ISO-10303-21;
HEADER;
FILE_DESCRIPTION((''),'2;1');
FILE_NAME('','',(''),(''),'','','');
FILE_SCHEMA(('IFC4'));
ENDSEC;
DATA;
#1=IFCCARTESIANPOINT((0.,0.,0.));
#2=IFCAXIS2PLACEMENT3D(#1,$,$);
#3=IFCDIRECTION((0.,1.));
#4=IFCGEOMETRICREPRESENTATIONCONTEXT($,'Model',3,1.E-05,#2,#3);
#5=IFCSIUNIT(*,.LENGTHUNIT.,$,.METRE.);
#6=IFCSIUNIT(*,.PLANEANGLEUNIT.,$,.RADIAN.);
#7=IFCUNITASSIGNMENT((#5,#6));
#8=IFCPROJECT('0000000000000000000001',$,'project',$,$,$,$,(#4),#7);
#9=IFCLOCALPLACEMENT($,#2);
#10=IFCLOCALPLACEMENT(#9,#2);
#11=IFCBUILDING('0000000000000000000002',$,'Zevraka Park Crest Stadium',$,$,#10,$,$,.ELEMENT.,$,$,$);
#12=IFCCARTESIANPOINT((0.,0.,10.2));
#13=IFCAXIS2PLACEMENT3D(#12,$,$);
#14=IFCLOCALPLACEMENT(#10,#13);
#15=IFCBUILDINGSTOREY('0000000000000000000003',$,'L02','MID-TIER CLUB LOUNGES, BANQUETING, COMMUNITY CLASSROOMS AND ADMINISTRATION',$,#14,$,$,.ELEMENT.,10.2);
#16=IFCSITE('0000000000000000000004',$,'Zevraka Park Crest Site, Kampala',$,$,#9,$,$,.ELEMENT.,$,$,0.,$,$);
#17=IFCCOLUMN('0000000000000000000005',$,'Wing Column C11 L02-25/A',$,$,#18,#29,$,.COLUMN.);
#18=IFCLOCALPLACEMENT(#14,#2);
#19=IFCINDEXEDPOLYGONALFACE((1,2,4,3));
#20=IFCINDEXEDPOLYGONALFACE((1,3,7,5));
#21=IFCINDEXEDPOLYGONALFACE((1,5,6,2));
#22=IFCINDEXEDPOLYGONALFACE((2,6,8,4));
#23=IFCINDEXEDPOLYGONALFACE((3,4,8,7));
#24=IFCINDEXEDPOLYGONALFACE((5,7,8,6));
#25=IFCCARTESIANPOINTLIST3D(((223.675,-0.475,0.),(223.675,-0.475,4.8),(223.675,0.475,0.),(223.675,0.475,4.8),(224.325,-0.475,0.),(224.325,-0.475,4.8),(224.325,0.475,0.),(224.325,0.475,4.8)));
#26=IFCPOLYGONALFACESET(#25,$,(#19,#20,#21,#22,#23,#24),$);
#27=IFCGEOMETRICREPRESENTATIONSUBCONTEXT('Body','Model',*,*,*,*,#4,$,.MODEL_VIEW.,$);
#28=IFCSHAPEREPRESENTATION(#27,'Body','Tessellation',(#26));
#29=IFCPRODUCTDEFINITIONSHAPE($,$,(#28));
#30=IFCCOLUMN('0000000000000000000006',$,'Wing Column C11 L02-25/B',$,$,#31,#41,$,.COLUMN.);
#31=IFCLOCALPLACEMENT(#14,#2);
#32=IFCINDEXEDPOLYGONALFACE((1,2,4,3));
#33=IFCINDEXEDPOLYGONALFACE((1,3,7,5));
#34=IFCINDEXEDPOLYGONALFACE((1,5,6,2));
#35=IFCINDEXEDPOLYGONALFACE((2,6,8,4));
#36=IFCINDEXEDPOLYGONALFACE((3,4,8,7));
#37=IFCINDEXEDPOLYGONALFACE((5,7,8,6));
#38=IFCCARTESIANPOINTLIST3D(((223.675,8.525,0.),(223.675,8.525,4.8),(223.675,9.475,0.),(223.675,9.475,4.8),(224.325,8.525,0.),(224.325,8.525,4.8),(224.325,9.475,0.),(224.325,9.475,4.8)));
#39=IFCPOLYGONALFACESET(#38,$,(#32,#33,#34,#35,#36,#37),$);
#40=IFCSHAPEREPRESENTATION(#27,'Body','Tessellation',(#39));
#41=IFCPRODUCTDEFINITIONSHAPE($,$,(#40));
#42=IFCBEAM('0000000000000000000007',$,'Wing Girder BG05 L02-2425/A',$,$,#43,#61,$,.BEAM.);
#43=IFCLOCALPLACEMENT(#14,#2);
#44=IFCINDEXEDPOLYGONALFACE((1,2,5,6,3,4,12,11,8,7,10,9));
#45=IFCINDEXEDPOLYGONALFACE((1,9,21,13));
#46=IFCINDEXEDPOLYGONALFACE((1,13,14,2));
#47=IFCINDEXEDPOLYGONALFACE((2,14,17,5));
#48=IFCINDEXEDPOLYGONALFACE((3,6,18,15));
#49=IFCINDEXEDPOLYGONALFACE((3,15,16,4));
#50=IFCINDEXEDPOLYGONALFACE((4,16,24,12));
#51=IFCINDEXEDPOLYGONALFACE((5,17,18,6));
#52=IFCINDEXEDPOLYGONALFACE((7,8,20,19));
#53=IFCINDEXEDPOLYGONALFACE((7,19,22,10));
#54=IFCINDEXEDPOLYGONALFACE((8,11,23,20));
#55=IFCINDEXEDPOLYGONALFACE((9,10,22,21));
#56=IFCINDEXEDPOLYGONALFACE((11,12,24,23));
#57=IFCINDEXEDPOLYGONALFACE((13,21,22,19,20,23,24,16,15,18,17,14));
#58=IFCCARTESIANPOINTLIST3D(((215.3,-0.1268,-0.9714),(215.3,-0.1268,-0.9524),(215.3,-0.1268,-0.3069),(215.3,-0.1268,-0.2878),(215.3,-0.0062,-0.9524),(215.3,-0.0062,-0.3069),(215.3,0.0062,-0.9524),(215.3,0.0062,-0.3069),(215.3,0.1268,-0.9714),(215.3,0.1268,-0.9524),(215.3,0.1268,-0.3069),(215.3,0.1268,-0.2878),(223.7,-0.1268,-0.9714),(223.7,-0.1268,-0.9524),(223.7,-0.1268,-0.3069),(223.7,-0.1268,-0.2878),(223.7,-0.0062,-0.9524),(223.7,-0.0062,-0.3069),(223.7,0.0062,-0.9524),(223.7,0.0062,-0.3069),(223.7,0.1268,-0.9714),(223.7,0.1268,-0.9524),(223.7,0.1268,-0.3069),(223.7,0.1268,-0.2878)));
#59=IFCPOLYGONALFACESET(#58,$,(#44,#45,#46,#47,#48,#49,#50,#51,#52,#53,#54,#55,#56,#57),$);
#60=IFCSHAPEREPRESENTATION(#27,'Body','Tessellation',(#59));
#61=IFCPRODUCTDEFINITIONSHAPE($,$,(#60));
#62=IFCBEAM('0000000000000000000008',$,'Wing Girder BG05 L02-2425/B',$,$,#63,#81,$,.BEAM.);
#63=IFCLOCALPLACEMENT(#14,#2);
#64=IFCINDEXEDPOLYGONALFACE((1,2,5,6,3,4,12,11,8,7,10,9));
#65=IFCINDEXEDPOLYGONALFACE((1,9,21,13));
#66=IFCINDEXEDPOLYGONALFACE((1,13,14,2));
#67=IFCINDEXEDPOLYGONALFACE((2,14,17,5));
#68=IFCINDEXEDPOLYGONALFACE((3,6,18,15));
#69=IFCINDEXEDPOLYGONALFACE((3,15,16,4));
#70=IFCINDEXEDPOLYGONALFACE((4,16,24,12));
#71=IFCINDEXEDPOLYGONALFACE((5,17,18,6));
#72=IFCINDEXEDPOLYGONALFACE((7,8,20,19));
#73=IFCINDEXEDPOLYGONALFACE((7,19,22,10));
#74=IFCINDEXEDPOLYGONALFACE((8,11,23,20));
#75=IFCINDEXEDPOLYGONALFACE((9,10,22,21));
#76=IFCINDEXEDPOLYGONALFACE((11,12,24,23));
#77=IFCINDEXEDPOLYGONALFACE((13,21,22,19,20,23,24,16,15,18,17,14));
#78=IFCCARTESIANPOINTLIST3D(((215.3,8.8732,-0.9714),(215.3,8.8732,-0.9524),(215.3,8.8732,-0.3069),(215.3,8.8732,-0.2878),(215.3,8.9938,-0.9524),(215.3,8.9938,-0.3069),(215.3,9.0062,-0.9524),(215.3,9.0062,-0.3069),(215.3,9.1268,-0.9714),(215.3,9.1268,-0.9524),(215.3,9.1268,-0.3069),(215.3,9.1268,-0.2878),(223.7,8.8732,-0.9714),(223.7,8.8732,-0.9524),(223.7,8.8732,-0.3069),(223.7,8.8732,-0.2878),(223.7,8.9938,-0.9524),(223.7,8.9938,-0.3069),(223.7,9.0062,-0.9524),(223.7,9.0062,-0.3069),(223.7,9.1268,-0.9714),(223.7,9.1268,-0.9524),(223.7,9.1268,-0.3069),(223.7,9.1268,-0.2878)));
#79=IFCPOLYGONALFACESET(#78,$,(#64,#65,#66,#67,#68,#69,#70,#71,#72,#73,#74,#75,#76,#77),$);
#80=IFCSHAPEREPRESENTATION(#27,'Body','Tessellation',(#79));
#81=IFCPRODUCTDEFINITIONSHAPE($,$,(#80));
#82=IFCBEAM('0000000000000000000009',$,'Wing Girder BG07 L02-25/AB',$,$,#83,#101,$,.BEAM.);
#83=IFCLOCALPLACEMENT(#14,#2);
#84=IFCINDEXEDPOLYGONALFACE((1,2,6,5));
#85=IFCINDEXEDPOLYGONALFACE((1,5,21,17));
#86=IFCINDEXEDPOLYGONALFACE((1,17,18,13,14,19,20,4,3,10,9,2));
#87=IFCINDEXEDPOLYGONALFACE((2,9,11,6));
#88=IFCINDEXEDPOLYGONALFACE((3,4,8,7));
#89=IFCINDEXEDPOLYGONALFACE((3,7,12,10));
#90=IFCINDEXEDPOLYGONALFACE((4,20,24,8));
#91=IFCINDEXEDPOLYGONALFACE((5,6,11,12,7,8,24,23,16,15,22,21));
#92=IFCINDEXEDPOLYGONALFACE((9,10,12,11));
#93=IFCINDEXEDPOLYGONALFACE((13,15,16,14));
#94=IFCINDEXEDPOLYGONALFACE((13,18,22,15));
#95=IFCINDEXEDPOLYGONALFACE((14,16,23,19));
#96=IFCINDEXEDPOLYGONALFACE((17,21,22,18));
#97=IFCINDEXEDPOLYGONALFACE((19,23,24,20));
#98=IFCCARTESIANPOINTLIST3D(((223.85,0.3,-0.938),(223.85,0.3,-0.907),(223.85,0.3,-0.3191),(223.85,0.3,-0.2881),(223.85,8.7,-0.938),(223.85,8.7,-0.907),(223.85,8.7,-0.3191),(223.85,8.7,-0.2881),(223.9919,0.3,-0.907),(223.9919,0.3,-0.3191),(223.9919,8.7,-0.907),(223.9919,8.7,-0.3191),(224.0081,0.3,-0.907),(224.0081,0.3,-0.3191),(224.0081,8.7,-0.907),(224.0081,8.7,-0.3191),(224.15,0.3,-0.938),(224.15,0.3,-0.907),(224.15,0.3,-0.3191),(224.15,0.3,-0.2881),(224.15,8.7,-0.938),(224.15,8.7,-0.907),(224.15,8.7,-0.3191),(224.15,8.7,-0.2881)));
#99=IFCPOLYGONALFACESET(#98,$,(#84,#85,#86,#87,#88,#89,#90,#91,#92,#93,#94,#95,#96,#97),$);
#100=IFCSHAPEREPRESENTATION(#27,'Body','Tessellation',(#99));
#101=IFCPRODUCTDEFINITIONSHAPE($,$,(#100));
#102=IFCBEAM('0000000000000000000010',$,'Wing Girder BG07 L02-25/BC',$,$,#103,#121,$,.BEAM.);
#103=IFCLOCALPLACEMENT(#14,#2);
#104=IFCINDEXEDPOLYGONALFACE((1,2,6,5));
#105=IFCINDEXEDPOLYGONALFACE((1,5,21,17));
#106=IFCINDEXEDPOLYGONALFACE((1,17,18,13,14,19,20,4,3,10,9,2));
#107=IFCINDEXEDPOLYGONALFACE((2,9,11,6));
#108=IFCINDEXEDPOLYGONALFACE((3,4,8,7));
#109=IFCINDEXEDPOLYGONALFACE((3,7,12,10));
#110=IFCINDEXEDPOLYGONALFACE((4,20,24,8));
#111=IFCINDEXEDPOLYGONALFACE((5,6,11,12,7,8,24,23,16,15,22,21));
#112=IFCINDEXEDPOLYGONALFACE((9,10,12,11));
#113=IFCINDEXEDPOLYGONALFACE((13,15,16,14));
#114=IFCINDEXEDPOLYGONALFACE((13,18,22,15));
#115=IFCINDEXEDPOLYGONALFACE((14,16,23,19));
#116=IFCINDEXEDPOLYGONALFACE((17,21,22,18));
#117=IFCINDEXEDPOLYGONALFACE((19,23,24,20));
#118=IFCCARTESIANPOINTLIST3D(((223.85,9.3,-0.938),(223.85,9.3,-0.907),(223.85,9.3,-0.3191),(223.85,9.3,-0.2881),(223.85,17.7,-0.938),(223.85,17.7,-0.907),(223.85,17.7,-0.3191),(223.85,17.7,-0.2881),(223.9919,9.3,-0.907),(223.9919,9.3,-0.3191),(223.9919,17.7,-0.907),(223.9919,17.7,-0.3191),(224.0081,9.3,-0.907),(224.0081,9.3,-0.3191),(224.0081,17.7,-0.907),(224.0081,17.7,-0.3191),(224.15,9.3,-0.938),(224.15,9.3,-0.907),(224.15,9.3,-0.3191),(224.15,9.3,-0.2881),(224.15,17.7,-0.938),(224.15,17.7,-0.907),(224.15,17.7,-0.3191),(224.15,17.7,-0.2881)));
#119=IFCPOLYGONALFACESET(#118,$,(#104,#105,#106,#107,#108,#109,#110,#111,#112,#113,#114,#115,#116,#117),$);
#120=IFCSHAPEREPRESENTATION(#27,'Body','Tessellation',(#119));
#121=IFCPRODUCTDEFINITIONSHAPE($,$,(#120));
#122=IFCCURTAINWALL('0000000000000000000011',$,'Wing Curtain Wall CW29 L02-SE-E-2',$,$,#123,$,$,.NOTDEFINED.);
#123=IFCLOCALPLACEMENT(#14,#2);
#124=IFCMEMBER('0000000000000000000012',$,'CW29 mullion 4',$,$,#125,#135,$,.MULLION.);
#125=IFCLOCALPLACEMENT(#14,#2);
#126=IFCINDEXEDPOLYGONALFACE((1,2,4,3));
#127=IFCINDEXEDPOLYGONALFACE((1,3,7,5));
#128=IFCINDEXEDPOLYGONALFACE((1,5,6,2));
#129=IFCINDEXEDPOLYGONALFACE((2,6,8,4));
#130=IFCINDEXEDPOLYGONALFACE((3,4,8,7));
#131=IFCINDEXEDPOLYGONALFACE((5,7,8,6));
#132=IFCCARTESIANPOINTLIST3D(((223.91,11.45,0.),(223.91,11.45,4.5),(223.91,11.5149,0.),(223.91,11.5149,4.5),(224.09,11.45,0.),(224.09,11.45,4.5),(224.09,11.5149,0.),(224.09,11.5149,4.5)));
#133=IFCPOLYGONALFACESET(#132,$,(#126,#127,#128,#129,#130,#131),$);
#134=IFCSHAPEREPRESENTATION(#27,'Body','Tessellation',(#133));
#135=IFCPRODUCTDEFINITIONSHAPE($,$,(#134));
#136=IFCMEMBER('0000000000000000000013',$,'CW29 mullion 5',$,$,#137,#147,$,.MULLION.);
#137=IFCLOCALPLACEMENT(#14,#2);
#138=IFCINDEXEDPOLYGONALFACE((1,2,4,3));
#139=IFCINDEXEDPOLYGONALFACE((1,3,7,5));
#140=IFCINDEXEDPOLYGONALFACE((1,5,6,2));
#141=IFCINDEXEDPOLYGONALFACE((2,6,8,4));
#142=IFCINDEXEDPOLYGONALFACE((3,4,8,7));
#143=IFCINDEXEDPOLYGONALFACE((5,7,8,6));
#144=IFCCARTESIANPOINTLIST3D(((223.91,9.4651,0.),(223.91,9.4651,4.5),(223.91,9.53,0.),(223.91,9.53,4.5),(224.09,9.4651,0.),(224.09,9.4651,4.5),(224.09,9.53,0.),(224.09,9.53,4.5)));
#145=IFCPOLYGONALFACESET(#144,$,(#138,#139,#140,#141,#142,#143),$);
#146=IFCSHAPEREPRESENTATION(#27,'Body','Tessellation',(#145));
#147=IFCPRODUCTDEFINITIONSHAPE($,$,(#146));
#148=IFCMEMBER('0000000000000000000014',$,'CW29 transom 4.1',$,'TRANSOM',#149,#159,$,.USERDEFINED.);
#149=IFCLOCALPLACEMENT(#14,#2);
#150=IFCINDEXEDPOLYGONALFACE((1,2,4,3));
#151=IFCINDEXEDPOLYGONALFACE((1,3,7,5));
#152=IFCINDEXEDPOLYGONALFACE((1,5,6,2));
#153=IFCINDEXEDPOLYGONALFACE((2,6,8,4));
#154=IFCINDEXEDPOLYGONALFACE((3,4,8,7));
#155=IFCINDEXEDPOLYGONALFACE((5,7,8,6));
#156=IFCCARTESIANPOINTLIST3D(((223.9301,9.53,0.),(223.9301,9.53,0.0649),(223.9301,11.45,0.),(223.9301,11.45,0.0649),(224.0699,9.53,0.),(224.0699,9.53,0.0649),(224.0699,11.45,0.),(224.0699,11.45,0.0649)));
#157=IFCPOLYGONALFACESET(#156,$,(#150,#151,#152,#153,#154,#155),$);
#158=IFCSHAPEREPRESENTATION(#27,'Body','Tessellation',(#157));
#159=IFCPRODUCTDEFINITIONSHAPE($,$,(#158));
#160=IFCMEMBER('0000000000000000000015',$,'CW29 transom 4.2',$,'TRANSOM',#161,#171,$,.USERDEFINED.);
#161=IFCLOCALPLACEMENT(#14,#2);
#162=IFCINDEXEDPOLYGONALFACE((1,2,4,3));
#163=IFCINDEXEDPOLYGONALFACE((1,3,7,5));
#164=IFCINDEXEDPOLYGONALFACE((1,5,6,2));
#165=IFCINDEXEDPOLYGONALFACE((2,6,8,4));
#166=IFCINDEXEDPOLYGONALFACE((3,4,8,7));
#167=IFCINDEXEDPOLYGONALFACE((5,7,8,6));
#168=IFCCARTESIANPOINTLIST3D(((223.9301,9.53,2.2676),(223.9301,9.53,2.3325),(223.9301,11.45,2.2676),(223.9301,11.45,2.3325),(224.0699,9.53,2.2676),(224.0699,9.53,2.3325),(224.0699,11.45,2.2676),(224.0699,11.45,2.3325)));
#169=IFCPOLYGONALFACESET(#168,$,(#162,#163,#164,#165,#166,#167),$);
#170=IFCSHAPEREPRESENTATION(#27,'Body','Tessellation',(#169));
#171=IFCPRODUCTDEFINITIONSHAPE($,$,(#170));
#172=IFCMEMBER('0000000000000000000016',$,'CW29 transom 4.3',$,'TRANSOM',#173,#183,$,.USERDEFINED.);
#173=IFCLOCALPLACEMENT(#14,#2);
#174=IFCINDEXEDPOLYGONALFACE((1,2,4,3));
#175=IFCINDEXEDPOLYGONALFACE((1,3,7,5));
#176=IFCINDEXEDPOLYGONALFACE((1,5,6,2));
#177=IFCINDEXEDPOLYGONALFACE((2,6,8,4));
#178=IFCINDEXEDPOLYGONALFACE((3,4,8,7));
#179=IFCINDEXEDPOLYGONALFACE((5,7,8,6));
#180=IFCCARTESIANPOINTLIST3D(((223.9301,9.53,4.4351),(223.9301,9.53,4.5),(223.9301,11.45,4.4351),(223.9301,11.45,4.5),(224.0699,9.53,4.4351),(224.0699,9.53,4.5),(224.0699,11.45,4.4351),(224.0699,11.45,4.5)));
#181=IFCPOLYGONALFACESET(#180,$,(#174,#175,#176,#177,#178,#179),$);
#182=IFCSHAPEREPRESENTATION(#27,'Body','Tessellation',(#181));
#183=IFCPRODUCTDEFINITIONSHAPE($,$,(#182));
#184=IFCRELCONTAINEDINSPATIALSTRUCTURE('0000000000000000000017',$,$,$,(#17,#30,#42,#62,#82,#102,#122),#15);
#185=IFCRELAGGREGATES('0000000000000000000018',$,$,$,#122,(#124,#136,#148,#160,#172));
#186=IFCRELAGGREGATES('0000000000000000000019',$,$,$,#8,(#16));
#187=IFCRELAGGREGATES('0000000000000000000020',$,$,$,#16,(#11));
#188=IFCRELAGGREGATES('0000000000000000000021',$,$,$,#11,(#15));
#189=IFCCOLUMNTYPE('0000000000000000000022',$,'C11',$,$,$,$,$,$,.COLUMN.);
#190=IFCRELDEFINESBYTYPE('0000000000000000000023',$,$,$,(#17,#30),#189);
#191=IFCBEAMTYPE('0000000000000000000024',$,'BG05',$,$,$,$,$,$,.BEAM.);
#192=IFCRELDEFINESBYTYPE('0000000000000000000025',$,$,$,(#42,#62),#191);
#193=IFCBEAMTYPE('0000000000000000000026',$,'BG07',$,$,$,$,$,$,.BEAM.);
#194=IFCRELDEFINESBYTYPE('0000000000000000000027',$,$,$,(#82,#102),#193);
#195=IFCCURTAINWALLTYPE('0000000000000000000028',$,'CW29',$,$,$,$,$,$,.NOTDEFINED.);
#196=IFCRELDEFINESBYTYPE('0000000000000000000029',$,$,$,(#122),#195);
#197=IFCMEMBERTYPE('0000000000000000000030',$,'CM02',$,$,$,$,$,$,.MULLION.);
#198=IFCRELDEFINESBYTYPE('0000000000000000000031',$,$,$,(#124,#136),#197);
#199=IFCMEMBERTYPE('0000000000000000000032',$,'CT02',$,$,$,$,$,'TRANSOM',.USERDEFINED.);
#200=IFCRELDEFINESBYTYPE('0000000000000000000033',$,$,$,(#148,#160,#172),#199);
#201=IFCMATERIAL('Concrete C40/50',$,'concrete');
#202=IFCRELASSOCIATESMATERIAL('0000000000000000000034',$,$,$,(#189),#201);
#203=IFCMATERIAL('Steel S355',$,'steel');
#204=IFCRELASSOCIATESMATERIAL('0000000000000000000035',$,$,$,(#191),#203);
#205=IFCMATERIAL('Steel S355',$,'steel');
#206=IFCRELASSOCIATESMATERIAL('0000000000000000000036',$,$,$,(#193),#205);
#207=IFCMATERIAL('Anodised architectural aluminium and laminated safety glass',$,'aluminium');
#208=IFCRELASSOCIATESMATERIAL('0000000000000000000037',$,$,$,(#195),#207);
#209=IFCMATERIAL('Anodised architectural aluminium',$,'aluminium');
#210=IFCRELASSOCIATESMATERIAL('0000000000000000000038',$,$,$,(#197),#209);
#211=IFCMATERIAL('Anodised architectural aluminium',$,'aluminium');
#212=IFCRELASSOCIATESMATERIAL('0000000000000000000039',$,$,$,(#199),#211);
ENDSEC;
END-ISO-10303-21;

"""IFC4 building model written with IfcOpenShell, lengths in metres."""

from ifc_helpers import new_model, si_unit, direction, frame, origin, origin_2d, place, context, subcontext, project, spatial, rectangle, i_section, extrude, material, material_profile, profile_set, type_object, element, aggregate, save


model = new_model("IFC4")

# Units and contexts
model_context = context("Model", 3, precision=1e-05, world=origin(), true_north=direction((0.0, 1.0)))
body_context = subcontext(model_context, "Body", "Model", "MODEL_VIEW")
ifc_project = project(units=[si_unit("LENGTHUNIT", "METRE"), si_unit("PLANEANGLEUNIT", "RADIAN")], contexts=[model_context])

# Site, building, storey
site_placement = place(None, origin())
site = spatial("IfcSite", under=ifc_project, at=site_placement, Name="Zevraka Park Crest Site, Kampala", CompositionType="ELEMENT", RefElevation=0.0)
building_placement = place(site_placement, origin())
building = spatial("IfcBuilding", under=site, at=building_placement, Name="Zevraka Park Crest Stadium", CompositionType="ELEMENT")
storey_placement = place(building_placement, frame((0.0, 0.0, 10.2)))
storey = spatial("IfcBuildingStorey", under=building, at=storey_placement, Name="L02", Description="MID-TIER CLUB LOUNGES, BANQUETING, COMMUNITY CLASSROOMS AND ADMINISTRATION", CompositionType="ELEMENT", Elevation=10.2)

# Columns
ifc_material_1 = material(Name="Concrete C40/50", Category="concrete")
ifc_material_profile_1 = material_profile(ifc_material_1, rectangle(XDim=0.6499, YDim=0.95, at=origin_2d()), Name="RC 950x650")
ifc_profile_set_1 = profile_set([ifc_material_profile_1], Name="Concrete C40/50")
column_type = type_object("IfcColumnType", Name="C11", PredefinedType="COLUMN", material=ifc_profile_set_1)
for number, where, z_axis, x_axis, name in (
    (1, (224.0, 0.0, 0.0), (0.0, 0.0, 1.0), (1.0, 0.0, 0.0), "Wing Column C11 L02-25/A"),
    (2, (224.0, 9.0, 0.0), (0.0, 0.0, 1.0), (1.0, 0.0, 0.0), "Wing Column C11 L02-25/B"),
):
    element("IfcColumn", number, at=place(storey_placement, frame(where, z_axis=z_axis, x_axis=x_axis)), inside=storey, type_object=column_type, Name=name, PredefinedType="COLUMN", context=body_context, shape_type="SweptSolid", body=[
        extrude(rectangle(XDim=0.6499, YDim=0.95, at=origin_2d()), origin(), (0.0, 0.0, 1.0), 4.8),
    ])

# Beams
ifc_material_2 = material(Name="Steel S355", Category="steel")
ifc_material_profile_2 = material_profile(ifc_material_2, i_section(OverallWidth=0.2537, OverallDepth=0.6836, WebThickness=0.0125, FlangeThickness=0.019, at=origin_2d()), Name="UKB 686x254x140")
ifc_profile_set_2 = profile_set([ifc_material_profile_2], Name="Steel S355")
beam_type_1 = type_object("IfcBeamType", Name="BG05", PredefinedType="BEAM", material=ifc_profile_set_2)
for number, where, z_axis, x_axis, name in (
    (3, (215.3, 0.0, -0.6296), (1.0, 0.0, 0.0), (0.0, 1.0, 0.0), "Wing Girder BG05 L02-2425/A"),
    (4, (215.3, 9.0, -0.6296), (1.0, 0.0, 0.0), (0.0, 1.0, 0.0), "Wing Girder BG05 L02-2425/B"),
):
    element("IfcBeam", number, at=place(storey_placement, frame(where, z_axis=z_axis, x_axis=x_axis)), inside=storey, type_object=beam_type_1, Name=name, PredefinedType="BEAM", context=body_context, shape_type="SweptSolid", body=[
        extrude(i_section(OverallWidth=0.2537, OverallDepth=0.6836, WebThickness=0.0125, FlangeThickness=0.019, at=origin_2d()), origin(), (0.0, 0.0, 1.0), 8.3999),
    ])
ifc_material_3 = material(Name="Steel S355", Category="steel")
ifc_material_profile_3 = material_profile(ifc_material_3, i_section(OverallWidth=0.3, OverallDepth=0.6499, WebThickness=0.0161, FlangeThickness=0.031, at=origin_2d()), Name="HEB 650")
ifc_profile_set_3 = profile_set([ifc_material_profile_3], Name="Steel S355")
beam_type_2 = type_object("IfcBeamType", Name="BG07", PredefinedType="BEAM", material=ifc_profile_set_3)
for number, where, z_axis, x_axis, name in (
    (5, (224.0, 0.3, -0.613), (0.0, 1.0, 0.0), (-1.0, 0.0, 0.0), "Wing Girder BG07 L02-25/AB"),
    (6, (224.0, 9.3, -0.613), (0.0, 1.0, 0.0), (-1.0, 0.0, 0.0), "Wing Girder BG07 L02-25/BC"),
):
    element("IfcBeam", number, at=place(storey_placement, frame(where, z_axis=z_axis, x_axis=x_axis)), inside=storey, type_object=beam_type_2, Name=name, PredefinedType="BEAM", context=body_context, shape_type="SweptSolid", body=[
        extrude(i_section(OverallWidth=0.3, OverallDepth=0.6499, WebThickness=0.0161, FlangeThickness=0.031, at=origin_2d()), origin(), (0.0, 0.0, 1.0), 8.3999),
    ])

# Curtain wall, members
ifc_material_4 = material(Name="Anodised architectural aluminium and laminated safety glass", Category="aluminium")
curtain_wall_type = type_object("IfcCurtainWallType", Name="CW29", PredefinedType="NOTDEFINED", material=ifc_material_4)
curtain_wall_placement = place(storey_placement, origin())
curtain_wall = element("IfcCurtainWall", 7, at=curtain_wall_placement, inside=storey, type_object=curtain_wall_type, Name="Wing Curtain Wall CW29 L02-SE-E-2", PredefinedType="NOTDEFINED")
ifc_material_5 = material(Name="Anodised architectural aluminium", Category="aluminium")
ifc_material_profile_4 = material_profile(ifc_material_5, rectangle(XDim=0.1799, YDim=0.0649, at=origin_2d()), Name="ALU MULLION 180x65")
ifc_profile_set_4 = profile_set([ifc_material_profile_4], Name="Anodised architectural aluminium")
member_type_1 = type_object("IfcMemberType", Name="CM02", PredefinedType="MULLION", material=ifc_profile_set_4)
member_1_placement = place(storey_placement, frame((224.0, 11.4824, 0.0), z_axis=(0.0, 0.0, 1.0), x_axis=(1.0, 0.0, 0.0)))
member_1 = element("IfcMember", 8, at=member_1_placement, type_object=member_type_1, Name="CW29 mullion 4", PredefinedType="MULLION", context=body_context, shape_type="SweptSolid", body=[
    extrude(rectangle(XDim=0.1799, YDim=0.0649, at=origin_2d()), origin(), (0.0, 0.0, 1.0), 4.5),
])
member_2_placement = place(storey_placement, frame((224.0, 9.4976, 0.0), z_axis=(0.0, 0.0, 1.0), x_axis=(1.0, 0.0, 0.0)))
member_2 = element("IfcMember", 9, at=member_2_placement, type_object=member_type_1, Name="CW29 mullion 5", PredefinedType="MULLION", context=body_context, shape_type="SweptSolid", body=[
    extrude(rectangle(XDim=0.1799, YDim=0.0649, at=origin_2d()), origin(), (0.0, 0.0, 1.0), 4.5),
])
ifc_material_6 = material(Name="Anodised architectural aluminium", Category="aluminium")
ifc_material_profile_5 = material_profile(ifc_material_6, rectangle(XDim=0.1399, YDim=0.0649, at=origin_2d()), Name="ALU TRANSOM 140x65")
ifc_profile_set_5 = profile_set([ifc_material_profile_5], Name="Anodised architectural aluminium")
member_type_2 = type_object("IfcMemberType", Name="CT02", ElementType="TRANSOM", PredefinedType="USERDEFINED", material=ifc_profile_set_5)
member_3_placement = place(storey_placement, frame((224.0, 11.45, 0.0325), z_axis=(0.0, -1.0, 0.0), x_axis=(1.0, 0.0, 0.0)))
member_3 = element("IfcMember", 10, at=member_3_placement, type_object=member_type_2, Name="CW29 transom 4.1", ObjectType="TRANSOM", PredefinedType="USERDEFINED", context=body_context, shape_type="SweptSolid", body=[
    extrude(rectangle(XDim=0.1399, YDim=0.0649, at=origin_2d()), origin(), (0.0, 0.0, 1.0), 1.9199),
])
member_4_placement = place(storey_placement, frame((224.0, 11.45, 2.3), z_axis=(0.0, -1.0, 0.0), x_axis=(1.0, 0.0, 0.0)))
member_4 = element("IfcMember", 11, at=member_4_placement, type_object=member_type_2, Name="CW29 transom 4.2", ObjectType="TRANSOM", PredefinedType="USERDEFINED", context=body_context, shape_type="SweptSolid", body=[
    extrude(rectangle(XDim=0.1399, YDim=0.0649, at=origin_2d()), origin(), (0.0, 0.0, 1.0), 1.9199),
])
member_5_placement = place(storey_placement, frame((224.0, 11.45, 4.4675), z_axis=(0.0, -1.0, 0.0), x_axis=(1.0, 0.0, 0.0)))
member_5 = element("IfcMember", 12, at=member_5_placement, type_object=member_type_2, Name="CW29 transom 4.3", ObjectType="TRANSOM", PredefinedType="USERDEFINED", context=body_context, shape_type="SweptSolid", body=[
    extrude(rectangle(XDim=0.1399, YDim=0.0649, at=origin_2d()), origin(), (0.0, 0.0, 1.0), 1.9199),
])

aggregate(curtain_wall, [member_1, member_2, member_3, member_4, member_5])

save(model, "model.ifc")
